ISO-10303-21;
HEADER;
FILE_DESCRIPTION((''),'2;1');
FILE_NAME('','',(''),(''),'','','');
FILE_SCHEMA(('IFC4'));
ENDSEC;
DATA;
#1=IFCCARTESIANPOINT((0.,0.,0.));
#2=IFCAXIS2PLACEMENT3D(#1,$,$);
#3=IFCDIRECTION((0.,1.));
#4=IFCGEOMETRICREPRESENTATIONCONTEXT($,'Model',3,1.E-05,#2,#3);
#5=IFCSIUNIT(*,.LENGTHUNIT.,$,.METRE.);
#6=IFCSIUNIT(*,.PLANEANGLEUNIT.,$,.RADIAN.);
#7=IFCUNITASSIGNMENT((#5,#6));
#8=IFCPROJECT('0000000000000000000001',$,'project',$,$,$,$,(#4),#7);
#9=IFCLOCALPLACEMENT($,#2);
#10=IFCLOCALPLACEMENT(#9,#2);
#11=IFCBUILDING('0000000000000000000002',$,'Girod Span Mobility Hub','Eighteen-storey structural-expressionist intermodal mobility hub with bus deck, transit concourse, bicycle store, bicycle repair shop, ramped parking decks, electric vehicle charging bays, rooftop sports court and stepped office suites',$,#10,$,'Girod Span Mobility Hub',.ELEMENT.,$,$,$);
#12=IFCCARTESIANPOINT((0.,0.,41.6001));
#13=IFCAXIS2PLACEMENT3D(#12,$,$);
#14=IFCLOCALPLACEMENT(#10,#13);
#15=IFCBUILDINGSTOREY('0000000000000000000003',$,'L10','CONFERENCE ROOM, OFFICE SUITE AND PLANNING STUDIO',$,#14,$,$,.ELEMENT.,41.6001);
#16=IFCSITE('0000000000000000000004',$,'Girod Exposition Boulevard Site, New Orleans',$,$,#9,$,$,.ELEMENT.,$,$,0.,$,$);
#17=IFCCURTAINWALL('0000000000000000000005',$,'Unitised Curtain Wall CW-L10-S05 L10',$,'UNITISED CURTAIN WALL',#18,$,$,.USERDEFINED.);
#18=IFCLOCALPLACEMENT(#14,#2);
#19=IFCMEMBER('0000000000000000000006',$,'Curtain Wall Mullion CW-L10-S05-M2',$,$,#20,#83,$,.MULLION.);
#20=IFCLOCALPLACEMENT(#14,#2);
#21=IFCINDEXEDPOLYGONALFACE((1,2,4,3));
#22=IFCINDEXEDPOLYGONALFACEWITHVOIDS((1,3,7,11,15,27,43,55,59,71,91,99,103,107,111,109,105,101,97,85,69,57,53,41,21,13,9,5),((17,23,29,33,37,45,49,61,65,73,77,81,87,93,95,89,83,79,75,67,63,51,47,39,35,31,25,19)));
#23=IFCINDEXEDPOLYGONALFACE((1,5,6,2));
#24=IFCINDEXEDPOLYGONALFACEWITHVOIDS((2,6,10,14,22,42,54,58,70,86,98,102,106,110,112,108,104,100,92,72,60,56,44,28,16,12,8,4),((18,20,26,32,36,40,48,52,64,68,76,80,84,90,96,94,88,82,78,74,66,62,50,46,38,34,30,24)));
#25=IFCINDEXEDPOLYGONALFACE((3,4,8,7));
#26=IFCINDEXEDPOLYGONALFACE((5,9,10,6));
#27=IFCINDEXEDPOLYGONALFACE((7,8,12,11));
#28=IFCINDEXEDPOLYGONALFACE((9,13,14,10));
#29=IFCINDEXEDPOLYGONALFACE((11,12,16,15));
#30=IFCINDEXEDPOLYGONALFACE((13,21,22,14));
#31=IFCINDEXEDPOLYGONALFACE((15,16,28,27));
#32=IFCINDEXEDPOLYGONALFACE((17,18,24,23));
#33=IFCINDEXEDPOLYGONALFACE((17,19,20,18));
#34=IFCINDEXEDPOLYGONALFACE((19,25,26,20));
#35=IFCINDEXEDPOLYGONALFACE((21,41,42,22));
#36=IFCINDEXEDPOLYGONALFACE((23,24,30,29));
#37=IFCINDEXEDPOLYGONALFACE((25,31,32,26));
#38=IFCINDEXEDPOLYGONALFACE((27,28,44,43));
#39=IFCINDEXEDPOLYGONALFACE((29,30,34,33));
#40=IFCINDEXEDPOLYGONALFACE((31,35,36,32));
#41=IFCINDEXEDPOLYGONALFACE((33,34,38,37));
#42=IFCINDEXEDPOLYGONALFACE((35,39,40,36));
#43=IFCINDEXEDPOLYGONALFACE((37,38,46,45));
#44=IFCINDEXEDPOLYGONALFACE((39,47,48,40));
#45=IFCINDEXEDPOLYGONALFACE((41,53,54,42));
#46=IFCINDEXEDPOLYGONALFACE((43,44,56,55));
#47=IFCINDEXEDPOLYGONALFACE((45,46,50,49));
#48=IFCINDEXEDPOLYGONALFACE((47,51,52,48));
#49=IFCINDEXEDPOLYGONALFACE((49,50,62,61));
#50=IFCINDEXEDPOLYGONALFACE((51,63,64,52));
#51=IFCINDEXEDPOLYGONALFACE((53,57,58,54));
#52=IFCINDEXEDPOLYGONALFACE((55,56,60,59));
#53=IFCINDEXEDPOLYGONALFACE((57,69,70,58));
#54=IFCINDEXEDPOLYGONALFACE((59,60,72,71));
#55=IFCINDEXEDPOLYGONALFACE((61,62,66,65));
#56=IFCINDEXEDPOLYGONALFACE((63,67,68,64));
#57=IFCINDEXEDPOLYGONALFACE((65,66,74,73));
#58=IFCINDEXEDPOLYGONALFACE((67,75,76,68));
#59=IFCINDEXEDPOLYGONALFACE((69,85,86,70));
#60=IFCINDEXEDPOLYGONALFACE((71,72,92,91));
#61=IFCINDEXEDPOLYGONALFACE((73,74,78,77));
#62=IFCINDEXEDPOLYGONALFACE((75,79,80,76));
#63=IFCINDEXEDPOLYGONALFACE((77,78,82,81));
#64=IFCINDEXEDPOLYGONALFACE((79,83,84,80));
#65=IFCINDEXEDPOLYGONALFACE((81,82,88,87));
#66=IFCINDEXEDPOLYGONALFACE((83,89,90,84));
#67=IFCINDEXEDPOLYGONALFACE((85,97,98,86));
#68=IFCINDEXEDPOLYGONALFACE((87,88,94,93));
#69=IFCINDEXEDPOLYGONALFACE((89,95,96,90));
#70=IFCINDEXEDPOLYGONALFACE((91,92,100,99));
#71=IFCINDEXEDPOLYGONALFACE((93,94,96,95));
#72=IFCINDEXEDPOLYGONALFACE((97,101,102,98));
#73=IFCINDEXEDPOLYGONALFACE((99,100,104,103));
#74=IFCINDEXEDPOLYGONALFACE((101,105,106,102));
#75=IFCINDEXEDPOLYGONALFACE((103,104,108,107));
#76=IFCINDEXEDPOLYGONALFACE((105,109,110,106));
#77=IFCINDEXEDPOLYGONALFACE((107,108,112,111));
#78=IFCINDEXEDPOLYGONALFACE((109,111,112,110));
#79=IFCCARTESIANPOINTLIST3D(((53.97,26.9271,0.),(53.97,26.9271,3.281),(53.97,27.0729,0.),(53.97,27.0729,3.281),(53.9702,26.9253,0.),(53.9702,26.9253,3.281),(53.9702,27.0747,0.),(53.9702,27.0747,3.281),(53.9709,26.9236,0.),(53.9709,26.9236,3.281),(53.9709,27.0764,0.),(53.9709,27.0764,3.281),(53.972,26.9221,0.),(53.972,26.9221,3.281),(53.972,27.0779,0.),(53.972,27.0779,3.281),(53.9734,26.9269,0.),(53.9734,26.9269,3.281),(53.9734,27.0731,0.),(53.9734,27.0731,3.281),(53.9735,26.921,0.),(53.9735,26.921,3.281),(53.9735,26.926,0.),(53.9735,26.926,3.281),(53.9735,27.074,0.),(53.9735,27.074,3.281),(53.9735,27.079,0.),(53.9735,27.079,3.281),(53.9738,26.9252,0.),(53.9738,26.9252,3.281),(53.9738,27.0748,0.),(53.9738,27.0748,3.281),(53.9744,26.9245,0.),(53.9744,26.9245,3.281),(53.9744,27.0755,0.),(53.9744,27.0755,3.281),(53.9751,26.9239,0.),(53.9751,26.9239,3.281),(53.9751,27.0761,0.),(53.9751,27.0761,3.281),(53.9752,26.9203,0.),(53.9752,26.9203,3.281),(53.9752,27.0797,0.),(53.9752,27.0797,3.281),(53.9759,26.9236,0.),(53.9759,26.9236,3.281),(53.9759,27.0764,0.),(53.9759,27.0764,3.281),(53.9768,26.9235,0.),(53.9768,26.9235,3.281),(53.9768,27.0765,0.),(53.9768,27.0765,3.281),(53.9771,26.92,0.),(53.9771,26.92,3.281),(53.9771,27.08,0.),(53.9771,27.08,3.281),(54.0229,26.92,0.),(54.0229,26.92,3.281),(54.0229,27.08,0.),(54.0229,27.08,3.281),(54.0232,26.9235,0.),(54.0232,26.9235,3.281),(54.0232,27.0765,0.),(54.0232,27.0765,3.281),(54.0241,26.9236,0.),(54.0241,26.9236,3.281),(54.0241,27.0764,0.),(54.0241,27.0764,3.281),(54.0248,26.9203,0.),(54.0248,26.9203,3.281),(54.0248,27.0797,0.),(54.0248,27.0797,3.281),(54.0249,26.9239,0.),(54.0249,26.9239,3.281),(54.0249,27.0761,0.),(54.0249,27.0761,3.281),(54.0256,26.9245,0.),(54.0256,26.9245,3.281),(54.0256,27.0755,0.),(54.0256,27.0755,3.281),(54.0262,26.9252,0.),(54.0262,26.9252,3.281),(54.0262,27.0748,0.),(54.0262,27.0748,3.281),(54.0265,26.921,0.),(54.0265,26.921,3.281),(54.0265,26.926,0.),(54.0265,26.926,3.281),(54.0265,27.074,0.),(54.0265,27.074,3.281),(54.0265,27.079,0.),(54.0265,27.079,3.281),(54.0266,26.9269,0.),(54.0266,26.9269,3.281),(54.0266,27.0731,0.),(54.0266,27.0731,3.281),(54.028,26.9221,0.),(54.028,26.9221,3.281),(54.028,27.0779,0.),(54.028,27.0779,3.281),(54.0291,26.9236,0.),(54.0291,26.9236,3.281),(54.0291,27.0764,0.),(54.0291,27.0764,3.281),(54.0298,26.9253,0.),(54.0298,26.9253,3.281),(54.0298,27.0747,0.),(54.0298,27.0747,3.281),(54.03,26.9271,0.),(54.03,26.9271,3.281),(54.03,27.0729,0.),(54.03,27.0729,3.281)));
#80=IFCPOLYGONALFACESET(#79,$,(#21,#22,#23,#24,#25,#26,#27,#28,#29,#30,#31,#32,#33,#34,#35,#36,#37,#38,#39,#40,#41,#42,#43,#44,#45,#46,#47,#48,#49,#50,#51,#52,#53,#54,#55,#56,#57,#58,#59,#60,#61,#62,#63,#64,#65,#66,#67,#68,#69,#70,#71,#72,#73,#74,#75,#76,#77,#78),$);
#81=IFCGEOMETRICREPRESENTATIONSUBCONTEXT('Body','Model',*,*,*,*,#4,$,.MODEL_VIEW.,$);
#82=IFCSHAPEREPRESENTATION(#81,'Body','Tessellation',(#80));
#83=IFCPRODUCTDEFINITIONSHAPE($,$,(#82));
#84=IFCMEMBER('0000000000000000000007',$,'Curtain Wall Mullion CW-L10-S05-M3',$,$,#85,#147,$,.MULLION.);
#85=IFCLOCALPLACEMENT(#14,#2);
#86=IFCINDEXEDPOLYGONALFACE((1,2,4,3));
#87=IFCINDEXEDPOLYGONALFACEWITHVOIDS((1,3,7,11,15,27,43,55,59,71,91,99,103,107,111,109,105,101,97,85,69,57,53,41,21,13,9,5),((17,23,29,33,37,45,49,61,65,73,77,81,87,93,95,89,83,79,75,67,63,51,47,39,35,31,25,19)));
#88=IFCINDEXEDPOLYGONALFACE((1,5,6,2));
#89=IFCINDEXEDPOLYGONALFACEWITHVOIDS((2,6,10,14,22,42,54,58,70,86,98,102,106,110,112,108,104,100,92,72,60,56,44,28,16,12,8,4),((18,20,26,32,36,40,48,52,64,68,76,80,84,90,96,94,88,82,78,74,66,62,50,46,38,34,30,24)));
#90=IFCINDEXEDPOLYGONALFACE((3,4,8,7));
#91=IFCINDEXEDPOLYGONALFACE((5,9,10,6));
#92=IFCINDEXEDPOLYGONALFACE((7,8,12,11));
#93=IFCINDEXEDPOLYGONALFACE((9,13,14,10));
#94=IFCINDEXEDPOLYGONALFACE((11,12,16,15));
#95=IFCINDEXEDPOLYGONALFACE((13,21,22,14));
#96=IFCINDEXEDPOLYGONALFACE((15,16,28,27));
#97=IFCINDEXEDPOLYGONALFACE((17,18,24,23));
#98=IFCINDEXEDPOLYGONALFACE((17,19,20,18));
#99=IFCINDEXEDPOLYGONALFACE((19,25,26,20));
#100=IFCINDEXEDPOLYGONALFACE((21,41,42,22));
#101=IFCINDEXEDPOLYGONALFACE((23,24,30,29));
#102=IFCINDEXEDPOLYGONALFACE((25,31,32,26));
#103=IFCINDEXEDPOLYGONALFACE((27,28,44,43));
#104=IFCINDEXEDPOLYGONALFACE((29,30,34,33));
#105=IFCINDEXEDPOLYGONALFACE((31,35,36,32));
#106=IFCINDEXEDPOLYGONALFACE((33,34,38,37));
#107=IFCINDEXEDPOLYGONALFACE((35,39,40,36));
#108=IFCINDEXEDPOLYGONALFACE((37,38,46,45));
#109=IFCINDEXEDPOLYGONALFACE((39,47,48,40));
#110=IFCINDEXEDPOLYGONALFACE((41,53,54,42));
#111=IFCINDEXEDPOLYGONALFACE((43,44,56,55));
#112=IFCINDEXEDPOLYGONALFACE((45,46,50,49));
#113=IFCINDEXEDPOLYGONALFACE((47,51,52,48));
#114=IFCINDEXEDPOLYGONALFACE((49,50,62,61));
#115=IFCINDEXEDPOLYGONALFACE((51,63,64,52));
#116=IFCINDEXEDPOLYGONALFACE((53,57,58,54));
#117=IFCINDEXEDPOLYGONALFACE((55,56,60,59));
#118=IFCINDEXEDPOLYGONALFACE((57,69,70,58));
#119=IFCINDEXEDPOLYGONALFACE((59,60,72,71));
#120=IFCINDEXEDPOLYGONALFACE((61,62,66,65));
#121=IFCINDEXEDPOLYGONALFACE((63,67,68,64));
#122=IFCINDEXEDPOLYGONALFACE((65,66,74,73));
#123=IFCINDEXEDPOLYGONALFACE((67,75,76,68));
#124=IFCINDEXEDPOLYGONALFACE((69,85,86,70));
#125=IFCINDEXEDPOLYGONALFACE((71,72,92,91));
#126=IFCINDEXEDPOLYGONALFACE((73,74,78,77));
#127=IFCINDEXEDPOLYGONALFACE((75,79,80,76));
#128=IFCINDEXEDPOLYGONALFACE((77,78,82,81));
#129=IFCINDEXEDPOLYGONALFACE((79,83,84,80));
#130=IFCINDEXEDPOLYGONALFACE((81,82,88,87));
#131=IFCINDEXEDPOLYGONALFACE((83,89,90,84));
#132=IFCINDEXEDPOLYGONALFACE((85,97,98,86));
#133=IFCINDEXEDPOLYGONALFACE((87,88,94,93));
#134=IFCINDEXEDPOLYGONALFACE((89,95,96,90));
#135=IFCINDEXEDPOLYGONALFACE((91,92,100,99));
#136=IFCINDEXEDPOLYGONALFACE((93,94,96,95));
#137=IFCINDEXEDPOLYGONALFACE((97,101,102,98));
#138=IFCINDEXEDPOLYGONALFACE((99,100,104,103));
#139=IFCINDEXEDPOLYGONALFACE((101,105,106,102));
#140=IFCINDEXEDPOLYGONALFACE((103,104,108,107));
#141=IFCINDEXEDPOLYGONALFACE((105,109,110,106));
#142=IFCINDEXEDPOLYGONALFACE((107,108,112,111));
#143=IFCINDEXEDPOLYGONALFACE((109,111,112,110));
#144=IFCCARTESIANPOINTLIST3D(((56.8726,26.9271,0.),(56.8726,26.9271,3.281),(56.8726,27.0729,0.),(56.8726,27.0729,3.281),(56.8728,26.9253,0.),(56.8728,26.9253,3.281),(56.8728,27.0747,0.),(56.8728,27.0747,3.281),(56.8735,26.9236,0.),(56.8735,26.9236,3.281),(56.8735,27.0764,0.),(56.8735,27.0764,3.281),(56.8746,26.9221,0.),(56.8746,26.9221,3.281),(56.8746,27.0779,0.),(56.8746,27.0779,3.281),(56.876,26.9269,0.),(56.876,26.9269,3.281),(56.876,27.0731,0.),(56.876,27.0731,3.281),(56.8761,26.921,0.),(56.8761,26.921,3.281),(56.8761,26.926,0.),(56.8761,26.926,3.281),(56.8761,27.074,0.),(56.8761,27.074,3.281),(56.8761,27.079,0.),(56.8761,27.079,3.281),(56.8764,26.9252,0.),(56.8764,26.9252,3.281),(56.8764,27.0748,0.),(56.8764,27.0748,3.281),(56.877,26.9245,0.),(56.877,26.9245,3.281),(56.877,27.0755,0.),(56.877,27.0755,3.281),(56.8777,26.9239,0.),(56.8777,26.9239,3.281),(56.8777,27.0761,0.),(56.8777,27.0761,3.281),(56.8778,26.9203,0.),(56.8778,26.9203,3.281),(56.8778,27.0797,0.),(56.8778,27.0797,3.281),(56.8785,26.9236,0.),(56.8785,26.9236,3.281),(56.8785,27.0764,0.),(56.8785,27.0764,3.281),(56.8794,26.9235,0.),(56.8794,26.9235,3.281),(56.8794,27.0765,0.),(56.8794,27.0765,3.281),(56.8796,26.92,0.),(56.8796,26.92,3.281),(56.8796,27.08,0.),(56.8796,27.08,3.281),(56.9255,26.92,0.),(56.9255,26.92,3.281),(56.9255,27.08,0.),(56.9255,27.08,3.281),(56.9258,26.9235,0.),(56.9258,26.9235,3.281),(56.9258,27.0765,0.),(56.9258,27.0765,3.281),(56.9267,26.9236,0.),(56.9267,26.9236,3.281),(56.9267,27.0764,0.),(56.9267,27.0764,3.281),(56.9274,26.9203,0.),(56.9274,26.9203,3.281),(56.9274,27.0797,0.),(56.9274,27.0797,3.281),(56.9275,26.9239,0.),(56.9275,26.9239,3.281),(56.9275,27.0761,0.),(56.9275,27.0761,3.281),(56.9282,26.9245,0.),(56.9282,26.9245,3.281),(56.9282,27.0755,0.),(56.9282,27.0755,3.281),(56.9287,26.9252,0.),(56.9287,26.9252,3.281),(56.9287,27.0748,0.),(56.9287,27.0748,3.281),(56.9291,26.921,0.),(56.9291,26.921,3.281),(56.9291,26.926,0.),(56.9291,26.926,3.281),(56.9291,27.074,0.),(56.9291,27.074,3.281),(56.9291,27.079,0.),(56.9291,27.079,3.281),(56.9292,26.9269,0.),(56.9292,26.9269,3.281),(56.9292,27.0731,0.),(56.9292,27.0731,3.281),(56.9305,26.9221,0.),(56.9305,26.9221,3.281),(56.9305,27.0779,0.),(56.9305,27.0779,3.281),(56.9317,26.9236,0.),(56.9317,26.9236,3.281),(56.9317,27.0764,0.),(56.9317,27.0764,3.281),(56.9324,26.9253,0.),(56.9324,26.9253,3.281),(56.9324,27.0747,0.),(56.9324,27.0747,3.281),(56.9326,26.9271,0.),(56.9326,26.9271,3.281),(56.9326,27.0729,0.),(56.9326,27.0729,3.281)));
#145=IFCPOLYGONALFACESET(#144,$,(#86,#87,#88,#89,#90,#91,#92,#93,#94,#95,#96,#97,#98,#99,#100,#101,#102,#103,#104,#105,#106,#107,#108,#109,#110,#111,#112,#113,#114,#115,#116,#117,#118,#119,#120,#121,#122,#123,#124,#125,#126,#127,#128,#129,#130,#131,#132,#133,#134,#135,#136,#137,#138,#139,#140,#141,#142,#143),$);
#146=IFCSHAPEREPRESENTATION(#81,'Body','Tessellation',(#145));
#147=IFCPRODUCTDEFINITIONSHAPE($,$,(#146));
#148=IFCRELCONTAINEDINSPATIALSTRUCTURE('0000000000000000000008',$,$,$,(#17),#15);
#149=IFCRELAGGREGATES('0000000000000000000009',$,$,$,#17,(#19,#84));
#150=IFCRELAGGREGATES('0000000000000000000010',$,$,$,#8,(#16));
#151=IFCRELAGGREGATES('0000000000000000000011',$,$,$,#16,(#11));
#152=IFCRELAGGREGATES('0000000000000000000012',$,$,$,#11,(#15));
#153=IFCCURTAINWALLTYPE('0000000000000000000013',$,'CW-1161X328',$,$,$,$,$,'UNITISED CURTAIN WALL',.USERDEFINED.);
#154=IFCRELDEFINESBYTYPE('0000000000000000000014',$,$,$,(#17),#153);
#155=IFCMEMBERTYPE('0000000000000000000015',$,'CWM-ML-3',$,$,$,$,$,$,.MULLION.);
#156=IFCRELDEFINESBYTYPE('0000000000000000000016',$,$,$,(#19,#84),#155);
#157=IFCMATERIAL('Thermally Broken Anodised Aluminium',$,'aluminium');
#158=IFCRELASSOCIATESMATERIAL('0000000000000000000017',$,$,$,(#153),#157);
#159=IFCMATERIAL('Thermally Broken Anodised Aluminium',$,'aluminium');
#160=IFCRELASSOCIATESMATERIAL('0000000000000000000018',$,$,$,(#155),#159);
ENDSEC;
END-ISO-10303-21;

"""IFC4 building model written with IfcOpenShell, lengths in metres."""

from ifc_helpers import new_model, si_unit, direction, frame, origin, origin_2d, place, context, subcontext, project, spatial, hollow_rectangle, extrude, material, material_profile, profile_set, type_object, element, aggregate, save


model = new_model("IFC4")

# Units and contexts
model_context = context("Model", 3, precision=1e-05, world=origin(), true_north=direction((0.0, 1.0)))
body_context = subcontext(model_context, "Body", "Model", "MODEL_VIEW")
ifc_project = project(units=[si_unit("LENGTHUNIT", "METRE"), si_unit("PLANEANGLEUNIT", "RADIAN")], contexts=[model_context])

# Site, building, storey
site_placement = place(None, origin())
site = spatial("IfcSite", under=ifc_project, at=site_placement, Name="Girod Exposition Boulevard Site, New Orleans", CompositionType="ELEMENT", RefElevation=0.0)
building_placement = place(site_placement, origin())
building = spatial("IfcBuilding", under=site, at=building_placement, Name="Girod Span Mobility Hub", Description="Eighteen-storey structural-expressionist intermodal mobility hub with bus deck, transit concourse, bicycle store, bicycle repair shop, ramped parking decks, electric vehicle charging bays, rooftop sports court and stepped office suites", LongName="Girod Span Mobility Hub", CompositionType="ELEMENT")
storey_placement = place(building_placement, frame((0.0, 0.0, 41.6001)))
storey = spatial("IfcBuildingStorey", under=building, at=storey_placement, Name="L10", Description="CONFERENCE ROOM, OFFICE SUITE AND PLANNING STUDIO", CompositionType="ELEMENT", Elevation=41.6001)

# Curtain wall, members
ifc_material_1 = material(Name="Thermally Broken Anodised Aluminium", Category="aluminium")
curtain_wall_type = type_object("IfcCurtainWallType", Name="CW-1161X328", ElementType="UNITISED CURTAIN WALL", PredefinedType="USERDEFINED", material=ifc_material_1)
curtain_wall_1_placement = place(storey_placement, origin())
curtain_wall_1 = element("IfcCurtainWall", 1, at=curtain_wall_1_placement, inside=storey, type_object=curtain_wall_type, Name="Unitised Curtain Wall CW-L10-S05 L10", ObjectType="UNITISED CURTAIN WALL", PredefinedType="USERDEFINED")
ifc_material_2 = material(Name="Thermally Broken Anodised Aluminium", Category="aluminium")
ifc_material_profile_1 = material_profile(ifc_material_2, hollow_rectangle(XDim=0.1599, YDim=0.0601, WallThickness=0.0034, InnerFilletRadius=0.0034, OuterFilletRadius=0.0071, at=origin_2d()), Name="CW-ML-60X160")
ifc_profile_set_1 = profile_set([ifc_material_profile_1], Name="Thermally Broken Anodised Aluminium")
member_type_1 = type_object("IfcMemberType", Name="CWM-ML-3", PredefinedType="MULLION", material=ifc_profile_set_1)
member_1_placement = place(storey_placement, frame((54.0, 27.0, 0.0), z_axis=(0.0, 0.0, 1.0), x_axis=(0.0, 1.0, 0.0)))
member_1 = element("IfcMember", 2, at=member_1_placement, type_object=member_type_1, Name="Curtain Wall Mullion CW-L10-S05-M2", PredefinedType="MULLION", context=body_context, shape_type="SweptSolid", body=[
    extrude(hollow_rectangle(XDim=0.1599, YDim=0.0601, WallThickness=0.0034, InnerFilletRadius=0.0034, OuterFilletRadius=0.0071, at=origin_2d()), origin(), (0.0, 0.0, 1.0), 3.281),
])
member_2_placement = place(storey_placement, frame((56.9026, 27.0, 0.0), z_axis=(0.0, 0.0, 1.0), x_axis=(0.0, 1.0, 0.0)))
member_2 = element("IfcMember", 3, at=member_2_placement, type_object=member_type_1, Name="Curtain Wall Mullion CW-L10-S05-M3", PredefinedType="MULLION", context=body_context, shape_type="SweptSolid", body=[
    extrude(hollow_rectangle(XDim=0.1599, YDim=0.0601, WallThickness=0.0034, InnerFilletRadius=0.0034, OuterFilletRadius=0.0071, at=origin_2d()), origin(), (0.0, 0.0, 1.0), 3.281),
])

aggregate(curtain_wall_1, [member_1, member_2])

save(model, "model.ifc")
